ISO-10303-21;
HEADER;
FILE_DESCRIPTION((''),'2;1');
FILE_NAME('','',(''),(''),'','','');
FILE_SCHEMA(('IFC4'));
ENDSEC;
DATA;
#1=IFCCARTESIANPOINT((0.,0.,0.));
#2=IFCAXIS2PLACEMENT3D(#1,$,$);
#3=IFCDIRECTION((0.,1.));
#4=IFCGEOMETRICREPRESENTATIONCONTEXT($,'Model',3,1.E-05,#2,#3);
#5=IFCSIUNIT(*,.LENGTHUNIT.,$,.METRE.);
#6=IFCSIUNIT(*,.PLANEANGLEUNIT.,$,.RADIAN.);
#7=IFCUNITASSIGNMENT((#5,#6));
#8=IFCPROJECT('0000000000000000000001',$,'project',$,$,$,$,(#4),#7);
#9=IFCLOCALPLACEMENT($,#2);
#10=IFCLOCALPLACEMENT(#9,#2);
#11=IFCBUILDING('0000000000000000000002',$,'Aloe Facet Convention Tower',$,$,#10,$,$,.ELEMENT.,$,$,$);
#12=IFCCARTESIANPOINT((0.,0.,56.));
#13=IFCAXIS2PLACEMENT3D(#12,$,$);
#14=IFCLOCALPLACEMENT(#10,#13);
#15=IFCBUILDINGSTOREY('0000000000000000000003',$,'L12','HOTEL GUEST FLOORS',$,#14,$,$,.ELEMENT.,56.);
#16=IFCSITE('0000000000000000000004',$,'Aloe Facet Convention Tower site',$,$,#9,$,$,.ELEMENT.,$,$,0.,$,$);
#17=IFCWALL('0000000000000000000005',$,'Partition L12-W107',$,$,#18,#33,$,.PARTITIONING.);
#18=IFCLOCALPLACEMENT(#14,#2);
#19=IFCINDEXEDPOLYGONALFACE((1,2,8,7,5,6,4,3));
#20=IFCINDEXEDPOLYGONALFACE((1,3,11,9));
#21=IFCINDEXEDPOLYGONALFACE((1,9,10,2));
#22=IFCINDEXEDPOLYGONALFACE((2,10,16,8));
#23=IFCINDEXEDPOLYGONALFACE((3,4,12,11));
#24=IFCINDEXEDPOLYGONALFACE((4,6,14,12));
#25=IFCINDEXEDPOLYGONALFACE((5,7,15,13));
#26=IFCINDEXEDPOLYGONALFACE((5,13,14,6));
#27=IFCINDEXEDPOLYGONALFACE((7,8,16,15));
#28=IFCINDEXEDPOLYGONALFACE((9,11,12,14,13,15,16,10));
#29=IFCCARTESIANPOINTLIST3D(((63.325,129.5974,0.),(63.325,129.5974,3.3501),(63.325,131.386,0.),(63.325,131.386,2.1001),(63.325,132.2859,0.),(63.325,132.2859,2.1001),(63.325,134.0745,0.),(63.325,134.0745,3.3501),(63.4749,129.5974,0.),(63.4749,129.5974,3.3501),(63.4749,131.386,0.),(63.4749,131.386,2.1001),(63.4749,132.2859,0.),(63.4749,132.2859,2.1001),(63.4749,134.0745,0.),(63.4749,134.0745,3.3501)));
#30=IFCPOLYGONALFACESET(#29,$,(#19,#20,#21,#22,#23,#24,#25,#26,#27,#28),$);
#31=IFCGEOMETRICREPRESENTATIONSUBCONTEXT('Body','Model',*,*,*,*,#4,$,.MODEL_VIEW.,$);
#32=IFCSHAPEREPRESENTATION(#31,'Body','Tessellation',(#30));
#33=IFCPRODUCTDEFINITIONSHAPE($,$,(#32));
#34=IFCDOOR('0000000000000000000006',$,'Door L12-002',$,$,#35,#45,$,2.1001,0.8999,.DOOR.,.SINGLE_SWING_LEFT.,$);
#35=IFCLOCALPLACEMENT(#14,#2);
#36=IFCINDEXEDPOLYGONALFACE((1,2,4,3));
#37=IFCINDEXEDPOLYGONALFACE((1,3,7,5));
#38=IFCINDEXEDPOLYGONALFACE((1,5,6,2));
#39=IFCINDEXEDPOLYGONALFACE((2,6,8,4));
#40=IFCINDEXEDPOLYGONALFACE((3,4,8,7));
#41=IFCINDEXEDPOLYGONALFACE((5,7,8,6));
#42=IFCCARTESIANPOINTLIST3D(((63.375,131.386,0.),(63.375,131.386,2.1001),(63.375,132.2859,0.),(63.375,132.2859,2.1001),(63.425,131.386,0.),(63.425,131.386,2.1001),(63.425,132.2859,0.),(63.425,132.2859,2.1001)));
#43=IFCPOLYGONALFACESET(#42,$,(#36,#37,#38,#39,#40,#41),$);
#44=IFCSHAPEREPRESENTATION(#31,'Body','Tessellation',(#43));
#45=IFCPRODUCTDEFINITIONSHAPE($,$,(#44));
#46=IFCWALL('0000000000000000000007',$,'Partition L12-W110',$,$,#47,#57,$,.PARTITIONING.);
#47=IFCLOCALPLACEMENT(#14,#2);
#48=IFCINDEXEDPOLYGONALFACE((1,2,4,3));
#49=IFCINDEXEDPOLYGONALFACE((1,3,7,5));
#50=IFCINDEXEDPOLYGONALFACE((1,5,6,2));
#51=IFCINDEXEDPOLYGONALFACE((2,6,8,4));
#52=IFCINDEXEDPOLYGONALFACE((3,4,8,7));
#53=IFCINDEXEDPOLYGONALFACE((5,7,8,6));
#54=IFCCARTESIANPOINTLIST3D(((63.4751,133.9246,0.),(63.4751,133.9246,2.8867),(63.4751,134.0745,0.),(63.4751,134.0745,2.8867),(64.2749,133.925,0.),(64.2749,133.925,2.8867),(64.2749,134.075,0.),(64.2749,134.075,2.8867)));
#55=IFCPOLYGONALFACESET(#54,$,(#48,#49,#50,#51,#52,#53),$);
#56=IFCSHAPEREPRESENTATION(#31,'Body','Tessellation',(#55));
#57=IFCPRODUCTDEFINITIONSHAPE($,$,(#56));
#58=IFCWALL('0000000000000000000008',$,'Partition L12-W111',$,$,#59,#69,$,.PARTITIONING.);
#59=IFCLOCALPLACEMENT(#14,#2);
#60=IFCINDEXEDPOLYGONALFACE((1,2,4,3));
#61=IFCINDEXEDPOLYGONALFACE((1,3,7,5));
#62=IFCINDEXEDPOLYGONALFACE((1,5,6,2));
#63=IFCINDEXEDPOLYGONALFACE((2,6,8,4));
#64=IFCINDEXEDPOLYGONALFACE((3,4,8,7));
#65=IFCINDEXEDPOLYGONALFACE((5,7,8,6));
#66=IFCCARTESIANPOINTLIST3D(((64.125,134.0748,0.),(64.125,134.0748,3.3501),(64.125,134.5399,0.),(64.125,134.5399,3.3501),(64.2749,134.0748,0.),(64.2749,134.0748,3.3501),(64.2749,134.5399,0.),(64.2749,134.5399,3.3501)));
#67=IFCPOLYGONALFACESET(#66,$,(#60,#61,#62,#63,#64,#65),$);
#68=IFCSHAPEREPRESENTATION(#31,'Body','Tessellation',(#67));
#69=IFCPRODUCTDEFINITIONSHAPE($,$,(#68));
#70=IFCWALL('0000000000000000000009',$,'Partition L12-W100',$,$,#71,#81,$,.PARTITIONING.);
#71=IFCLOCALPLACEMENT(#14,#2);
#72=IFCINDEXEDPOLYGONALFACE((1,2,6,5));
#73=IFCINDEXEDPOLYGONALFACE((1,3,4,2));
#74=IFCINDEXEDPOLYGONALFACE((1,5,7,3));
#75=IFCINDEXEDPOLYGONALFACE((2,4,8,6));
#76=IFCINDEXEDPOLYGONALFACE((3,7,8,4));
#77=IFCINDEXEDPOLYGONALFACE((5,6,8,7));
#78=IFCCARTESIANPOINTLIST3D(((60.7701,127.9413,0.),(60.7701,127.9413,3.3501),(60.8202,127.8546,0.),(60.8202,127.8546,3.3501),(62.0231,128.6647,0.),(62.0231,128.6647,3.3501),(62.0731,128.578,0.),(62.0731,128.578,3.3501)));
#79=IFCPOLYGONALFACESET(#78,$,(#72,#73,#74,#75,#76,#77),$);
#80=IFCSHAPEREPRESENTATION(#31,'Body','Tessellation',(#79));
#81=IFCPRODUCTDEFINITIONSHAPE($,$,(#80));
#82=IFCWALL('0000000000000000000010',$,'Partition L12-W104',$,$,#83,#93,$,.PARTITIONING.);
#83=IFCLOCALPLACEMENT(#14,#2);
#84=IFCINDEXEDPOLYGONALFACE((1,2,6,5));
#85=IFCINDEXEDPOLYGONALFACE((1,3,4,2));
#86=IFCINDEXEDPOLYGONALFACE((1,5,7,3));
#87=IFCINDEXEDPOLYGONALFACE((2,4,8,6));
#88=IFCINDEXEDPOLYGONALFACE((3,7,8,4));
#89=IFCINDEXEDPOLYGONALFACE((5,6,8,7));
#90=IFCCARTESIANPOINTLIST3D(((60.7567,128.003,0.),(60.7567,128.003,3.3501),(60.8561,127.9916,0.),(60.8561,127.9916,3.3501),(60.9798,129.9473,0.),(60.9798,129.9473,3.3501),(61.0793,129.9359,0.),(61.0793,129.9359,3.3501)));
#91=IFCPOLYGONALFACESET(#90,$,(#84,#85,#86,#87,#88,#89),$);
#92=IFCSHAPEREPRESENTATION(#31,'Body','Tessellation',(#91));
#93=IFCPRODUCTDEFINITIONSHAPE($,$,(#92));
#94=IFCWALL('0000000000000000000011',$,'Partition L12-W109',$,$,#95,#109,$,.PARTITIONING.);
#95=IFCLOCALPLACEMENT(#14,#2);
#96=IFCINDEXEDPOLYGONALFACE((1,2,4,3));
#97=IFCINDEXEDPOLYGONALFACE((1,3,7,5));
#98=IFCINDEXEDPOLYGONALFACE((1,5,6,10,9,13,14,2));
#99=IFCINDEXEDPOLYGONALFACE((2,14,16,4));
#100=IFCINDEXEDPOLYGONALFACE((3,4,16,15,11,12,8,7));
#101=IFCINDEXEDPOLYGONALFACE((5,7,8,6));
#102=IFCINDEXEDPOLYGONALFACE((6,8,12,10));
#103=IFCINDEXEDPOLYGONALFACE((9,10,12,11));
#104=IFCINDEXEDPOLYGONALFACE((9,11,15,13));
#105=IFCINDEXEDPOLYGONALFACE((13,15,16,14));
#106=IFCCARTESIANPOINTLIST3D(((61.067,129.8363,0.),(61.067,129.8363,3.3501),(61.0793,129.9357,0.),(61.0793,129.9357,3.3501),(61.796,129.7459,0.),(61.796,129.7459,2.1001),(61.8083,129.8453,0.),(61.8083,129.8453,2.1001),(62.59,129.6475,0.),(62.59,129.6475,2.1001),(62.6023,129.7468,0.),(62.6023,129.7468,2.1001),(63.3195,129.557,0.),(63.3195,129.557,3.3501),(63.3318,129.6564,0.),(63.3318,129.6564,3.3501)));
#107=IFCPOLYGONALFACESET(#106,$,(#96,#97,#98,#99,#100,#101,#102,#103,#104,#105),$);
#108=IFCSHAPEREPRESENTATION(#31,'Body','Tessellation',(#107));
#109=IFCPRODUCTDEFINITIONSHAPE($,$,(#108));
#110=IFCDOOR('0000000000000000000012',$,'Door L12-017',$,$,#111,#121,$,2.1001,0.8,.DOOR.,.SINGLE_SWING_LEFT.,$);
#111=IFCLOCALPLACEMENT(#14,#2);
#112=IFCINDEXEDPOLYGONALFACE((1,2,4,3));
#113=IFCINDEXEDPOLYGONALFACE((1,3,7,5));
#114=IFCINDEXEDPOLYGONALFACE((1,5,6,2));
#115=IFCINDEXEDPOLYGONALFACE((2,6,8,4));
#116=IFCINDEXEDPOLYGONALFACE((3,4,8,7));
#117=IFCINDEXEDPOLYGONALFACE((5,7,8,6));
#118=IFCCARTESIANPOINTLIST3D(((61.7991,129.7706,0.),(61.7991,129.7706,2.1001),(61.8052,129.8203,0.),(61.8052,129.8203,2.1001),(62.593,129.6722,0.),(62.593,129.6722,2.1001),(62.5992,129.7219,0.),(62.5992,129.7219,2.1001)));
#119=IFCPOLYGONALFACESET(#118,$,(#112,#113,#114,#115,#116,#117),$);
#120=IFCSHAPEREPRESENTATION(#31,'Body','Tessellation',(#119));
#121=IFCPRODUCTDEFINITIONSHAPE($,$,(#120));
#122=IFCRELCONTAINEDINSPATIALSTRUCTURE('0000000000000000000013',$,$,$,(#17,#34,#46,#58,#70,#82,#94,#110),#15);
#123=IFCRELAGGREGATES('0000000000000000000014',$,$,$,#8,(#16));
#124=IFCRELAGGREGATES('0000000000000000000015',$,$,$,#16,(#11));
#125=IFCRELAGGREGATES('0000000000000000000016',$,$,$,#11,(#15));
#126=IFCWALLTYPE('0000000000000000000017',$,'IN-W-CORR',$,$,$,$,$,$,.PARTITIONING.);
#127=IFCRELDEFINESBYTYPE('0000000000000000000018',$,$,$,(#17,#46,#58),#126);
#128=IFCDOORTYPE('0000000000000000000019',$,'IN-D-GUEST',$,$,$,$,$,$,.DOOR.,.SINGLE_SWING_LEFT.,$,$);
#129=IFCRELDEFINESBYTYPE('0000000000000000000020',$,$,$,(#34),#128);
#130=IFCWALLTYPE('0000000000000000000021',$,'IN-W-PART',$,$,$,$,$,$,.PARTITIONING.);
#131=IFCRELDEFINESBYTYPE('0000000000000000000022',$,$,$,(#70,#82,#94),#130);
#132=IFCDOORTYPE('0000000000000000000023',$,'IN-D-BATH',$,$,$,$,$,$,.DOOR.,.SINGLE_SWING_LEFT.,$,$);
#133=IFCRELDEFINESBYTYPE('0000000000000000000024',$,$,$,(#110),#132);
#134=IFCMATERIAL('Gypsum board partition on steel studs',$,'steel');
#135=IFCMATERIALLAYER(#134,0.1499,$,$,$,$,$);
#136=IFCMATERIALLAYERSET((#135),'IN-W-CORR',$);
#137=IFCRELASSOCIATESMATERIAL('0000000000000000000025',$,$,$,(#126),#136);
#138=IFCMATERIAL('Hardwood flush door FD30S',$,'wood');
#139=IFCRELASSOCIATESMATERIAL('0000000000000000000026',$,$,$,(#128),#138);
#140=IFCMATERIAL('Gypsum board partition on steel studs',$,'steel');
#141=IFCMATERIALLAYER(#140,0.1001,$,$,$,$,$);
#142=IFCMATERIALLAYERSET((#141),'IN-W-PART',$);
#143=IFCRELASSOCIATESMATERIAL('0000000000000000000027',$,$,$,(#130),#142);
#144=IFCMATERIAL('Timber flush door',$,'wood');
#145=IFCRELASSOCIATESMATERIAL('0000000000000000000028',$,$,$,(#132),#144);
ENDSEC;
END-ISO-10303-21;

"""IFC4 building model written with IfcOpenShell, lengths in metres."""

from ifc_helpers import new_model, si_unit, direction, frame, frame_2d, origin, place, context, subcontext, project, spatial, rectangle, extrude, material, layer, layer_set, type_object, element, fill, save


model = new_model("IFC4")

# Units and contexts
model_context = context("Model", 3, precision=1e-05, world=origin(), true_north=direction((0.0, 1.0)))
body_context = subcontext(model_context, "Body", "Model", "MODEL_VIEW")
ifc_project = project(units=[si_unit("LENGTHUNIT", "METRE"), si_unit("PLANEANGLEUNIT", "RADIAN")], contexts=[model_context])

# Site, building, storey
site_placement = place(None, origin())
site = spatial("IfcSite", under=ifc_project, at=site_placement, Name="Aloe Facet Convention Tower site", CompositionType="ELEMENT", RefElevation=0.0)
building_placement = place(site_placement, origin())
building = spatial("IfcBuilding", under=site, at=building_placement, Name="Aloe Facet Convention Tower", CompositionType="ELEMENT")
storey_placement = place(building_placement, frame((0.0, 0.0, 56.0)))
storey = spatial("IfcBuildingStorey", under=building, at=storey_placement, Name="L12", Description="HOTEL GUEST FLOORS", CompositionType="ELEMENT", Elevation=56.0)

# Wall, opening, door
ifc_material_1 = material(Name="Gypsum board partition on steel studs", Category="steel")
ifc_layer_1 = layer(ifc_material_1, 0.1499)
ifc_layer_set_1 = layer_set([ifc_layer_1], Name="IN-W-CORR")
wall_type_1 = type_object("IfcWallType", Name="IN-W-CORR", PredefinedType="PARTITIONING", material=ifc_layer_set_1)
wall_1_placement = place(storey_placement, frame((63.3999, 129.5974, 0.0), z_axis=(0.0, 0.0, 1.0), x_axis=(0.0, 1.0, 0.0)))
wall_1 = element("IfcWall", 1, at=wall_1_placement, inside=storey, type_object=wall_type_1, Name="Partition L12-W107", PredefinedType="PARTITIONING", context=body_context, shape_type="SweptSolid", body=[
    extrude(rectangle(XDim=4.4771, YDim=0.1499, at=frame_2d((2.2385, 0.0))), origin(), (0.0, 0.0, 1.0), 3.3501),
])
opening_1_placement = place(wall_1_placement, frame((1.7886, 0.0, 0.0)))
opening_1 = element("IfcOpeningElement", 2, at=opening_1_placement, cuts=wall_1, PredefinedType="OPENING", context=body_context, shape_type="SweptSolid", body=[
    extrude(rectangle(XDim=0.8999, YDim=2.1001, at=frame_2d((0.45, 1.05))), frame((0.0, 0.085, 0.0), z_axis=(0.0, -1.0, 0.0), x_axis=(1.0, 0.0, 0.0)), (0.0, 0.0, 1.0), 0.1699),
])
ifc_material_2 = material(Name="Hardwood flush door FD30S", Category="wood")
door_type_1 = type_object("IfcDoorType", Name="IN-D-GUEST", OperationType="SINGLE_SWING_LEFT", PredefinedType="DOOR", material=ifc_material_2)
door_1_placement = place(opening_1_placement, origin())
door_1 = element("IfcDoor", 3, at=door_1_placement, inside=storey, type_object=door_type_1, Name="Door L12-002", OperationType="SINGLE_SWING_LEFT", OverallHeight=2.1001, OverallWidth=0.8999, PredefinedType="DOOR", context=body_context, shape_type="SweptSolid", body=[
    extrude(rectangle(XDim=0.8999, YDim=2.1001, at=frame_2d((0.45, 1.05))), frame((0.0, 0.0249, 0.0), z_axis=(0.0, -1.0, 0.0), x_axis=(1.0, 0.0, 0.0)), (0.0, 0.0, 1.0), 0.05),
])
fill(opening_1, door_1)

# Walls
wall_2_placement = place(storey_placement, frame((63.4751, 133.9995, 0.0), z_axis=(0.0, 0.0, 1.0), x_axis=(1.0, 0.000611, 0.0)))
element("IfcWall", 4, at=wall_2_placement, inside=storey, type_object=wall_type_1, Name="Partition L12-W110", PredefinedType="PARTITIONING", context=body_context, shape_type="SweptSolid", body=[
    extrude(rectangle(XDim=0.7998, YDim=0.1499, at=frame_2d((0.3999, 0.0))), origin(), (0.0, 0.0, 1.0), 2.8867),
])
wall_3_placement = place(storey_placement, frame((64.2, 134.075, 0.0), z_axis=(0.0, 0.0, 1.0), x_axis=(0.0, 1.0, 0.0)))
element("IfcWall", 5, at=wall_3_placement, inside=storey, type_object=wall_type_1, Name="Partition L12-W111", PredefinedType="PARTITIONING", context=body_context, shape_type="SweptSolid", body=[
    extrude(rectangle(XDim=0.4651, YDim=0.1499, at=frame_2d((0.2324, 0.0))), origin(), (0.0, 0.0, 1.0), 3.3501),
])
ifc_material_3 = material(Name="Gypsum board partition on steel studs", Category="steel")
ifc_layer_2 = layer(ifc_material_3, 0.1001)
ifc_layer_set_2 = layer_set([ifc_layer_2], Name="IN-W-PART")
wall_type_2 = type_object("IfcWallType", Name="IN-W-PART", PredefinedType="PARTITIONING", material=ifc_layer_set_2)
wall_4_placement = place(storey_placement, frame((60.7952, 127.8979, 0.0), z_axis=(0.0, 0.0, 1.0), x_axis=(0.866023, 0.500005, 0.0)))
element("IfcWall", 6, at=wall_4_placement, inside=storey, type_object=wall_type_2, Name="Partition L12-W100", PredefinedType="PARTITIONING", context=body_context, shape_type="SweptSolid", body=[
    extrude(rectangle(XDim=1.4468, YDim=0.1001, at=frame_2d((0.7234, 0.0))), origin(), (0.0, 0.0, 1.0), 3.3501),
])
wall_5_placement = place(storey_placement, frame((60.8064, 127.9973, 0.0), z_axis=(0.0, 0.0, 1.0), x_axis=(0.114018, 0.993479, 0.0)))
element("IfcWall", 7, at=wall_5_placement, inside=storey, type_object=wall_type_2, Name="Partition L12-W104", PredefinedType="PARTITIONING", context=body_context, shape_type="SweptSolid", body=[
    extrude(rectangle(XDim=1.957, YDim=0.1001, at=frame_2d((0.9785, 0.0))), origin(), (0.0, 0.0, 1.0), 3.3501),
])

# Wall, opening, door
wall_6_placement = place(storey_placement, frame((61.0732, 129.886, 0.0), z_axis=(0.0, 0.0, 1.0), x_axis=(0.9924, -0.123055, 0.0)))
wall_6 = element("IfcWall", 8, at=wall_6_placement, inside=storey, type_object=wall_type_2, Name="Partition L12-W109", PredefinedType="PARTITIONING", context=body_context, shape_type="SweptSolid", body=[
    extrude(rectangle(XDim=2.2698, YDim=0.1001, at=frame_2d((1.1348, 0.0))), origin(), (0.0, 0.0, 1.0), 3.3501),
])
opening_2_placement = place(wall_6_placement, frame((0.7346, 0.0, 0.0)))
opening_2 = element("IfcOpeningElement", 9, at=opening_2_placement, cuts=wall_6, PredefinedType="OPENING", context=body_context, shape_type="SweptSolid", body=[
    extrude(rectangle(XDim=0.8, YDim=2.1001, at=frame_2d((0.3999, 1.05))), frame((0.0, 0.0601, 0.0), z_axis=(0.0, -1.0, 0.0), x_axis=(1.0, 0.0, 0.0)), (0.0, 0.0, 1.0), 0.1201),
])
ifc_material_4 = material(Name="Timber flush door", Category="wood")
door_type_2 = type_object("IfcDoorType", Name="IN-D-BATH", OperationType="SINGLE_SWING_LEFT", PredefinedType="DOOR", material=ifc_material_4)
door_2_placement = place(opening_2_placement, origin())
door_2 = element("IfcDoor", 10, at=door_2_placement, inside=storey, type_object=door_type_2, Name="Door L12-017", OperationType="SINGLE_SWING_LEFT", OverallHeight=2.1001, OverallWidth=0.8, PredefinedType="DOOR", context=body_context, shape_type="SweptSolid", body=[
    extrude(rectangle(XDim=0.8, YDim=2.1001, at=frame_2d((0.3999, 1.05))), frame((0.0, 0.0249, 0.0), z_axis=(0.0, -1.0, 0.0), x_axis=(1.0, 0.0, 0.0)), (0.0, 0.0, 1.0), 0.05),
])
fill(opening_2, door_2)

save(model, "model.ifc")
